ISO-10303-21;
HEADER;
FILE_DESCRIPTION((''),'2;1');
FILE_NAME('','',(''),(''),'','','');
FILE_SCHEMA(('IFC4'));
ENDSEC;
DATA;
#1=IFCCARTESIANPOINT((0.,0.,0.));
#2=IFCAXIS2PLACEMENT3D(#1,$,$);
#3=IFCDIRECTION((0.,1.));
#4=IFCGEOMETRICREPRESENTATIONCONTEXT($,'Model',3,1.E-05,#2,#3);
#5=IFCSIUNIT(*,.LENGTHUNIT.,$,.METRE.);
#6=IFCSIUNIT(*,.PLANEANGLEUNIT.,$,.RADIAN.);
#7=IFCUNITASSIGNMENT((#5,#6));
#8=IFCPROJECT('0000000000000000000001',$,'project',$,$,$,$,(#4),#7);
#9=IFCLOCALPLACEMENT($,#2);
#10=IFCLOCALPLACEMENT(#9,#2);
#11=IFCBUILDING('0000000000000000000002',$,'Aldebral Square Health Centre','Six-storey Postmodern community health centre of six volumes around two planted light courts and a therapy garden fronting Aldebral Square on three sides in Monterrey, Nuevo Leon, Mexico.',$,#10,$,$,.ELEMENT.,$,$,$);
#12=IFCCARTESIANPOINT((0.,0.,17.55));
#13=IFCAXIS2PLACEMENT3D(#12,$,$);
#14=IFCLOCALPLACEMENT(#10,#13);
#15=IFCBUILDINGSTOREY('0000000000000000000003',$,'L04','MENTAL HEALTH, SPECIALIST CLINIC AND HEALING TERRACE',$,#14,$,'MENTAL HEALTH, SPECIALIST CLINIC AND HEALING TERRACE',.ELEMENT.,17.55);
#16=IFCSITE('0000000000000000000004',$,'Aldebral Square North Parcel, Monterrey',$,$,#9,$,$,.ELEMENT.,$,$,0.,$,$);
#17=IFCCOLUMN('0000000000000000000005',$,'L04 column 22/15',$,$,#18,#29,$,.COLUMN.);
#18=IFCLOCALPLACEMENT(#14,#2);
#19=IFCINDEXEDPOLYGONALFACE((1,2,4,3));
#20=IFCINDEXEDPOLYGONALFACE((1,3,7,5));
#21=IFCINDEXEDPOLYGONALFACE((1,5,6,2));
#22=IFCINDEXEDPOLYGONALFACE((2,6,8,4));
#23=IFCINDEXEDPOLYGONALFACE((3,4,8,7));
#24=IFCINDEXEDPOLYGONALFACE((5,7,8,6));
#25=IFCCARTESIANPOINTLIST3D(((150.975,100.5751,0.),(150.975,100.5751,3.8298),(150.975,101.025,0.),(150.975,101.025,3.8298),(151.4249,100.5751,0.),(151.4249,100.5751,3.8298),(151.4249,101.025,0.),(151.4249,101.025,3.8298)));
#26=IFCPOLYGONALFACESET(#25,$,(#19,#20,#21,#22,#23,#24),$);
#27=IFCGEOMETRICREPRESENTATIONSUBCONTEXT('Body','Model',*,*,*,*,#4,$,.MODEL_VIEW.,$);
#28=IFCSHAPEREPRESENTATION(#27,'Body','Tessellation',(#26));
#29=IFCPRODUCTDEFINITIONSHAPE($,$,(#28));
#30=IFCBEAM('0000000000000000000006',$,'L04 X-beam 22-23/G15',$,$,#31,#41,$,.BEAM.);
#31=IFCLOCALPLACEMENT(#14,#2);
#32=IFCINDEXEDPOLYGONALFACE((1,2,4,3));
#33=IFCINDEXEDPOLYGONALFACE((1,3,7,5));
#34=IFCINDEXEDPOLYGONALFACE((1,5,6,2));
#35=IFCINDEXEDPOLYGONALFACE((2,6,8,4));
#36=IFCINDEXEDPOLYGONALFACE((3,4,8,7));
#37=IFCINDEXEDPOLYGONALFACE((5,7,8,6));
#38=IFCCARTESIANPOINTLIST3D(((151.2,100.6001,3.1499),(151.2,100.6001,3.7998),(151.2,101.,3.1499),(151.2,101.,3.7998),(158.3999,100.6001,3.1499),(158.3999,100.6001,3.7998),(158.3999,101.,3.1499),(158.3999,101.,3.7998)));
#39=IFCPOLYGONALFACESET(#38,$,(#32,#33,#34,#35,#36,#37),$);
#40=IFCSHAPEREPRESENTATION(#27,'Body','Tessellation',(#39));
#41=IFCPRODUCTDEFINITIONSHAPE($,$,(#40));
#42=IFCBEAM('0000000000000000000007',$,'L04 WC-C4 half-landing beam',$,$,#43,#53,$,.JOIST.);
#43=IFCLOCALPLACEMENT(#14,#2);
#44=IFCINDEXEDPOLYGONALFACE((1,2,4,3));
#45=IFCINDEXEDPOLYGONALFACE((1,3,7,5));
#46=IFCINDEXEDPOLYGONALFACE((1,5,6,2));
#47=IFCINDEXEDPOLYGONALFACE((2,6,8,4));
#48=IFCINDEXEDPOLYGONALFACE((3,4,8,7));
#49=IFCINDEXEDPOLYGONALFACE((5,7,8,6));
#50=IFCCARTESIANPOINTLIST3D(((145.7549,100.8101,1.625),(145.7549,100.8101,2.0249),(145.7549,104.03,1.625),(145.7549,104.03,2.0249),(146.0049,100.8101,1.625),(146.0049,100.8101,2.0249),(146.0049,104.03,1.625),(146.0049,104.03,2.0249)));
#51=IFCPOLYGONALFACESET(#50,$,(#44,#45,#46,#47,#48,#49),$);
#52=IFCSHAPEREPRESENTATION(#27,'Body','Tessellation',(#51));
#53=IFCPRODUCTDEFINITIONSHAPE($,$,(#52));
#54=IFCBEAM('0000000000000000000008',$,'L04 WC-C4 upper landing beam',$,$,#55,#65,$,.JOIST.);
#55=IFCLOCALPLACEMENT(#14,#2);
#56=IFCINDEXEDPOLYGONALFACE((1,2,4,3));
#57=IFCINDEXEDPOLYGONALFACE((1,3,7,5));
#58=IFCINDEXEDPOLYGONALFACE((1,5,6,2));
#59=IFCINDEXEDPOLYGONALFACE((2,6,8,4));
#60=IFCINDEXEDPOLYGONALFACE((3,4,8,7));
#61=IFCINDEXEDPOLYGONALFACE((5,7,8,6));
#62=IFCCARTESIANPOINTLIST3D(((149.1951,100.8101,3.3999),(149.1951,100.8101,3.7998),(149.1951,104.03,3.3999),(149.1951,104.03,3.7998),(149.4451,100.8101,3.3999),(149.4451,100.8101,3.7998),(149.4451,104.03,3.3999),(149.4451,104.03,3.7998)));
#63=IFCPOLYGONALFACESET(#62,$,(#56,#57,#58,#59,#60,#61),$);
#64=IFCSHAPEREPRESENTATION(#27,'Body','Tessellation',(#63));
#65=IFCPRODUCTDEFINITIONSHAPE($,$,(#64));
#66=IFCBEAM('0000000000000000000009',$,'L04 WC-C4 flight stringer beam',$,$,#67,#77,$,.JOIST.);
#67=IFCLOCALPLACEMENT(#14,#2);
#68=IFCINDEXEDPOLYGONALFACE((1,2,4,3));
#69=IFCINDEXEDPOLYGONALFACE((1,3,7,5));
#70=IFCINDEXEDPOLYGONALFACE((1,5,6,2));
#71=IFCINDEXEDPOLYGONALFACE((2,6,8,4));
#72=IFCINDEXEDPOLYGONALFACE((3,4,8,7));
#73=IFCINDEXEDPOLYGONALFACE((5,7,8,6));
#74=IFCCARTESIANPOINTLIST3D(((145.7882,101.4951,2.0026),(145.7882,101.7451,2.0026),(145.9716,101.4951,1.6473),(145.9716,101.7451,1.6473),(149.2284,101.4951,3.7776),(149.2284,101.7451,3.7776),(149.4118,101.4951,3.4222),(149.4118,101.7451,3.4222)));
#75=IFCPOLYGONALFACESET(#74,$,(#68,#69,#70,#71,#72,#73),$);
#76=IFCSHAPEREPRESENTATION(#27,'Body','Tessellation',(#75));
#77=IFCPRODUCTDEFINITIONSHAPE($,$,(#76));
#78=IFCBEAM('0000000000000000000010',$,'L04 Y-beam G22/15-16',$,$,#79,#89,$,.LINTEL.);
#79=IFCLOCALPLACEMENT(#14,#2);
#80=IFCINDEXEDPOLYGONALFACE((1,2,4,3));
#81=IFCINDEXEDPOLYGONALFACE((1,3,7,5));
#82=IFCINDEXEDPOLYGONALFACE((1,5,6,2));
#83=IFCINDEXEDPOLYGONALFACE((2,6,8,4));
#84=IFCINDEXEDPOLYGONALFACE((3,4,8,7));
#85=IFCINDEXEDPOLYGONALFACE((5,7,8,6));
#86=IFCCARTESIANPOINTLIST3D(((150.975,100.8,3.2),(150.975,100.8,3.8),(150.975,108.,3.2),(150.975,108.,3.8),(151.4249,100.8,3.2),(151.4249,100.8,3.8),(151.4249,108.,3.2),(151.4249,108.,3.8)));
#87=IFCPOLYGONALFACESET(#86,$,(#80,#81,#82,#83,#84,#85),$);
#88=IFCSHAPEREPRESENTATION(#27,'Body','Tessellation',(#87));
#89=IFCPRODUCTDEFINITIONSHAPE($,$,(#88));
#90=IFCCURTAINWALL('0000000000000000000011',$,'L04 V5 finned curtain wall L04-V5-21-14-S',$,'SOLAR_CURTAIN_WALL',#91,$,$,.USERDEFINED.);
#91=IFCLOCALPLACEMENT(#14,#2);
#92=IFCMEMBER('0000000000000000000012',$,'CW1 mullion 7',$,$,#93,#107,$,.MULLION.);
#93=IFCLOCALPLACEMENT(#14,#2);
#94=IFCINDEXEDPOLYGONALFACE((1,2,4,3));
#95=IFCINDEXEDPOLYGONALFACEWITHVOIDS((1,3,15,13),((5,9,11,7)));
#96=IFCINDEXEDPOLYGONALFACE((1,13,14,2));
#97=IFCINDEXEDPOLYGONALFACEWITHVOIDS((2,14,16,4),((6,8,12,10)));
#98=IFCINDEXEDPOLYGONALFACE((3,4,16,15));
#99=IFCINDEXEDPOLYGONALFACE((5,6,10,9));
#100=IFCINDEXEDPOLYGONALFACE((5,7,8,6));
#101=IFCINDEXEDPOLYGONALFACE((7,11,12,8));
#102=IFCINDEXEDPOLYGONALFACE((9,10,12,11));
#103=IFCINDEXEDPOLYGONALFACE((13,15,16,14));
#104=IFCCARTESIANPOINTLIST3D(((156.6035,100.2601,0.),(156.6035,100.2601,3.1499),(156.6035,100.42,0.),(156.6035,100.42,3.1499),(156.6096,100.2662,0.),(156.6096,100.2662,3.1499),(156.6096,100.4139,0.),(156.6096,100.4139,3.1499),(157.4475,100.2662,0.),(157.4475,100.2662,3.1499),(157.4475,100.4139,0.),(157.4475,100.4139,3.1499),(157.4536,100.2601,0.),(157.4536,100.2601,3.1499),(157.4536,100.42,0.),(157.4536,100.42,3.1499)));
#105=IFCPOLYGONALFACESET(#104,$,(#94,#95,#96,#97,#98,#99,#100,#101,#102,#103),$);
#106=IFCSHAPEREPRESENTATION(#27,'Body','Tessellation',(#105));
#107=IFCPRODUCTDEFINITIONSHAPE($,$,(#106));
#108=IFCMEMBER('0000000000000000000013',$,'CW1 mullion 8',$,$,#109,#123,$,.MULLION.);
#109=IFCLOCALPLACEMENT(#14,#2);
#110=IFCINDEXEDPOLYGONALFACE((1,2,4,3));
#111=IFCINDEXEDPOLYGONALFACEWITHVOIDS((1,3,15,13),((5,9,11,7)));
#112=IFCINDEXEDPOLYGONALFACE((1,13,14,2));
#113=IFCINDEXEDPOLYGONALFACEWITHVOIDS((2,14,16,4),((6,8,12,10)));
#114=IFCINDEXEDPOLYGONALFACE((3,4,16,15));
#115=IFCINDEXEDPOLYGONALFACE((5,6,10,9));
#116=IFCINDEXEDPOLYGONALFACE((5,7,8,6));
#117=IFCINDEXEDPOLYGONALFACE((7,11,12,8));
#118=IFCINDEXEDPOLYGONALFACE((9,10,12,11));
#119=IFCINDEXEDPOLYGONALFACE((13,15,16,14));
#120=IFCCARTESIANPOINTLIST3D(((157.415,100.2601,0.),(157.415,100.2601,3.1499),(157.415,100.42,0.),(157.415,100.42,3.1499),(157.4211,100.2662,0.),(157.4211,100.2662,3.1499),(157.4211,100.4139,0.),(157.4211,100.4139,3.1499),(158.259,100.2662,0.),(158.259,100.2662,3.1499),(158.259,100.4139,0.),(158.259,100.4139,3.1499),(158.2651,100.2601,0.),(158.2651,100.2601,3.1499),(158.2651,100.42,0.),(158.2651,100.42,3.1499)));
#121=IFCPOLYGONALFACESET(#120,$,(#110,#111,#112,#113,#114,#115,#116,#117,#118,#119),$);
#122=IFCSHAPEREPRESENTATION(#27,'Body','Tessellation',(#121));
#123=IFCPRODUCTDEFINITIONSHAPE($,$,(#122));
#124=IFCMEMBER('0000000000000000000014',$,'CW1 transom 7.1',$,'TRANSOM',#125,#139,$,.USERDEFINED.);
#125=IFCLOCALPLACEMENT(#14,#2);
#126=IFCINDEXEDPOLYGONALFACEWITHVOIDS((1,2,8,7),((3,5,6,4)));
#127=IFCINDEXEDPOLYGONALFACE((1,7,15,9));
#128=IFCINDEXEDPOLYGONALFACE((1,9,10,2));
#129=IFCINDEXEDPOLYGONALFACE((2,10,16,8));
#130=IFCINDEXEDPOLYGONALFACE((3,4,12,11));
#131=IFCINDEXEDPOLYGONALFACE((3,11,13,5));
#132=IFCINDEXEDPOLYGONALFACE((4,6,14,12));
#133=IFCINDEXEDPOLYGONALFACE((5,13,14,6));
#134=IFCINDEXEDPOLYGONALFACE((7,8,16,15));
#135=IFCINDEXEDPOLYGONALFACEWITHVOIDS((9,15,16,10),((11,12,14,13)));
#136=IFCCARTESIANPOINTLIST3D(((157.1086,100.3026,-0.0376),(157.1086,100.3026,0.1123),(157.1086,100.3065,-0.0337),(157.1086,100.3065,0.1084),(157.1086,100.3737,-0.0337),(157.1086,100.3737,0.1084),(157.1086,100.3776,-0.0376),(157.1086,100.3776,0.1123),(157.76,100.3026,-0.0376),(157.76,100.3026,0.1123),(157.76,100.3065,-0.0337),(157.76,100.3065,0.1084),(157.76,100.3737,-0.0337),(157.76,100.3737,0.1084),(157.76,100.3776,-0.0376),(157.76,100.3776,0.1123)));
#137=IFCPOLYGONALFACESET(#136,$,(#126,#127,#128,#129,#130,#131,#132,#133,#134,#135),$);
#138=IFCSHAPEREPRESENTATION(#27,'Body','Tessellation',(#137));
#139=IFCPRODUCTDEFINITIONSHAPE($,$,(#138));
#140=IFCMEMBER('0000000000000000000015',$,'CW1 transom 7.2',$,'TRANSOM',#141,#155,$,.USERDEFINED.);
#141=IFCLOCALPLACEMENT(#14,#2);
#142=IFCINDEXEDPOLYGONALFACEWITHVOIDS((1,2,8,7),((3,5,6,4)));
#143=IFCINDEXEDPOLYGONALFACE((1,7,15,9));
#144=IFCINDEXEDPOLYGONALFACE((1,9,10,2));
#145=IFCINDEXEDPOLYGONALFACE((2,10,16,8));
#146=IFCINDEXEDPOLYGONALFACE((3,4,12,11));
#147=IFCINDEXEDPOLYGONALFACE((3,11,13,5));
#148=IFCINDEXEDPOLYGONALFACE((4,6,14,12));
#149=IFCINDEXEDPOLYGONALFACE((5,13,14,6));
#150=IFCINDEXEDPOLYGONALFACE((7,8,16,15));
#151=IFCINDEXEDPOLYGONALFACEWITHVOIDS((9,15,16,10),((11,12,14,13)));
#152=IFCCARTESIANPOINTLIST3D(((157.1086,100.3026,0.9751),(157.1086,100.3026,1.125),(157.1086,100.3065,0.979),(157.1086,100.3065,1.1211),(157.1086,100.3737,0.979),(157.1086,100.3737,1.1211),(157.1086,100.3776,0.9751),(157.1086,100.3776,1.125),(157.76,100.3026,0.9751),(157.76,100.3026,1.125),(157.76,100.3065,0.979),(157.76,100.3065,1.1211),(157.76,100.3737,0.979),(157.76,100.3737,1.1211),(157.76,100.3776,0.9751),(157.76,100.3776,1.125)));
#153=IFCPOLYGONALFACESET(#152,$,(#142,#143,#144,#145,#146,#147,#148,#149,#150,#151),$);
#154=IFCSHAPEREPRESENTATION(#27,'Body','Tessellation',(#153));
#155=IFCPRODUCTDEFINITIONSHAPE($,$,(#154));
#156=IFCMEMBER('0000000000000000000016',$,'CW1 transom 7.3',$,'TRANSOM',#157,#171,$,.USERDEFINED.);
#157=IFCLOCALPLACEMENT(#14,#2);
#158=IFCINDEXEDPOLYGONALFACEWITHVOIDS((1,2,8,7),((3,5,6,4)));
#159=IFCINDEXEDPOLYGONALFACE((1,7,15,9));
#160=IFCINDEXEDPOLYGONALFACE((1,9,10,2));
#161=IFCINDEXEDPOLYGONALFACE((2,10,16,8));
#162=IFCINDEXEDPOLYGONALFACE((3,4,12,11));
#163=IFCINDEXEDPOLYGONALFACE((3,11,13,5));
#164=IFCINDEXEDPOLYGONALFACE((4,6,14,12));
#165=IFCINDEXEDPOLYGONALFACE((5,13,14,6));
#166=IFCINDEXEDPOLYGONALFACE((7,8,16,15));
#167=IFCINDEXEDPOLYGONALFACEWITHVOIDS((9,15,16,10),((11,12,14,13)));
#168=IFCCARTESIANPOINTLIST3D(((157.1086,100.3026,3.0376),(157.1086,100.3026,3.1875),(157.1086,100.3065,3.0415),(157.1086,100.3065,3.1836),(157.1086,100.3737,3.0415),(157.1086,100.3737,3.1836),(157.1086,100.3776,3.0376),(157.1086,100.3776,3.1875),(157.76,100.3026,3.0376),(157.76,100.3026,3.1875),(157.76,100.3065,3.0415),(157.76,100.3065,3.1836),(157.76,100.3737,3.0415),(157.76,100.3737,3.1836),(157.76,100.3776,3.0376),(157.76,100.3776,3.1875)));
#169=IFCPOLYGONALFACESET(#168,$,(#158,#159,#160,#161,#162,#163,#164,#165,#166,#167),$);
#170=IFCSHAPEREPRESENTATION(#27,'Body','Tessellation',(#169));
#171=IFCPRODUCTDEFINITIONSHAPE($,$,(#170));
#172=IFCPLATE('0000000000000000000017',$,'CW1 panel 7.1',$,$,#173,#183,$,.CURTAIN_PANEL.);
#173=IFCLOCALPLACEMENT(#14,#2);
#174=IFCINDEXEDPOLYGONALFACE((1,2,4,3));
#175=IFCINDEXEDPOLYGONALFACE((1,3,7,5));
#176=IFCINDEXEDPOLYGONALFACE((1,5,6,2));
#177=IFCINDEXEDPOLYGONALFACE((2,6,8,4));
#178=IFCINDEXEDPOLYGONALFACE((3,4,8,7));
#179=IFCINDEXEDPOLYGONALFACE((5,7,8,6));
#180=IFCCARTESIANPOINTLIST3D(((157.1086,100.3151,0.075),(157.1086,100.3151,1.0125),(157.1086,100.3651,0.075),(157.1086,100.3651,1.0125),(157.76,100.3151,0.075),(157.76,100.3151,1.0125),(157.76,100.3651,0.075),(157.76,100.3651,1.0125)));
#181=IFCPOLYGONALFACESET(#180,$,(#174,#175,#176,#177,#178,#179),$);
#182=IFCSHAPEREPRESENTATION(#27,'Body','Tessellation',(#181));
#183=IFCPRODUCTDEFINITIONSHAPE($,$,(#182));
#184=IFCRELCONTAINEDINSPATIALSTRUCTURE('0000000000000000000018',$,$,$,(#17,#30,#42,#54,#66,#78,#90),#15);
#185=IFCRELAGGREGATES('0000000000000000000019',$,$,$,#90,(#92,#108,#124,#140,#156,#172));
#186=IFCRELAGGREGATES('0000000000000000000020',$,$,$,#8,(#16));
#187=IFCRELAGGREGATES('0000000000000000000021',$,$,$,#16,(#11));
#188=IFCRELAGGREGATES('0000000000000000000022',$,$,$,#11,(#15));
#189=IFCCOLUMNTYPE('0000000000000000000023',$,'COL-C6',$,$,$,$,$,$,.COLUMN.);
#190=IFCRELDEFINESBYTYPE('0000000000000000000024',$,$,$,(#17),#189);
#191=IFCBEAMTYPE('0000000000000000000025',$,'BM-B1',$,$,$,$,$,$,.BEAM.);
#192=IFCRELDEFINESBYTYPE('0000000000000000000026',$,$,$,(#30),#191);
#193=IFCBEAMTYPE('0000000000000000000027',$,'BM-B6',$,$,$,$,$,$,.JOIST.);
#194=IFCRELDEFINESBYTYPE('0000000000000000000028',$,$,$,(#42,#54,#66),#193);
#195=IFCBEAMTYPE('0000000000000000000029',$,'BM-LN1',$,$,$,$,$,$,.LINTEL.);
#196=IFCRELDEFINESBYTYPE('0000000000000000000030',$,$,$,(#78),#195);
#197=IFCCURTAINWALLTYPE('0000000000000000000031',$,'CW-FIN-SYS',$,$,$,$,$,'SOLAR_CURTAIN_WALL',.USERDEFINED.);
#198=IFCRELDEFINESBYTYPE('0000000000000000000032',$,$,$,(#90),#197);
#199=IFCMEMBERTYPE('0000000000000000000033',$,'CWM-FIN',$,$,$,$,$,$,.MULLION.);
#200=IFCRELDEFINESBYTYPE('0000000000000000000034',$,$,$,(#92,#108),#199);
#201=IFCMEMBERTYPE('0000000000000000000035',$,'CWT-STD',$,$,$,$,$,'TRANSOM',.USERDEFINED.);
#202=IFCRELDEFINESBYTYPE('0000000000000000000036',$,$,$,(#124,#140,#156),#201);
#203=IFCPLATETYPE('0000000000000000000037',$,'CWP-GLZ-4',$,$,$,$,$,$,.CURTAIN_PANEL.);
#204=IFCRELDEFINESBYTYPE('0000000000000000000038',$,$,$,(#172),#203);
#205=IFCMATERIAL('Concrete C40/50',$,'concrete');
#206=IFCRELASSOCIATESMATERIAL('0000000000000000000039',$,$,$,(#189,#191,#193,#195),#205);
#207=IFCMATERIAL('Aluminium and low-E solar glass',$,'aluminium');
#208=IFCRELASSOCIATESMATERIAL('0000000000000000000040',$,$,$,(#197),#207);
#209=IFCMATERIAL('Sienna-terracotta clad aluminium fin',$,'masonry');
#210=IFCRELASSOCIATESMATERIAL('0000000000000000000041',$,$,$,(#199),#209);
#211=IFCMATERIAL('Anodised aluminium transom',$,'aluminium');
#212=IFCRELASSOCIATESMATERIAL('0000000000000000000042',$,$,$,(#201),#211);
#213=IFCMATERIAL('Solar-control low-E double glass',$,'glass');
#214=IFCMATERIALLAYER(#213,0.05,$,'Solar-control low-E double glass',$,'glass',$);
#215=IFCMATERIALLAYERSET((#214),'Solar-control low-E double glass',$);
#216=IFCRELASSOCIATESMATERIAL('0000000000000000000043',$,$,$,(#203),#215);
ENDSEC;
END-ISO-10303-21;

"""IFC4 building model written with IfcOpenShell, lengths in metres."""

from ifc_helpers import new_model, si_unit, direction, frame, origin, origin_2d, place, context, subcontext, project, spatial, rectangle, hollow_rectangle, extrude, material, layer, layer_set, material_profile, profile_set, type_object, element, aggregate, save


model = new_model("IFC4")

# Units and contexts
model_context = context("Model", 3, precision=1e-05, world=origin(), true_north=direction((0.0, 1.0)))
body_context = subcontext(model_context, "Body", "Model", "MODEL_VIEW")
ifc_project = project(units=[si_unit("LENGTHUNIT", "METRE"), si_unit("PLANEANGLEUNIT", "RADIAN")], contexts=[model_context])

# Site, building, storey
site_placement = place(None, origin())
site = spatial("IfcSite", under=ifc_project, at=site_placement, Name="Aldebral Square North Parcel, Monterrey", CompositionType="ELEMENT", RefElevation=0.0)
building_placement = place(site_placement, origin())
building = spatial("IfcBuilding", under=site, at=building_placement, Name="Aldebral Square Health Centre", Description="Six-storey Postmodern community health centre of six volumes around two planted light courts and a therapy garden fronting Aldebral Square on three sides in Monterrey, Nuevo Leon, Mexico.", CompositionType="ELEMENT")
storey_placement = place(building_placement, frame((0.0, 0.0, 17.55)))
storey = spatial("IfcBuildingStorey", under=building, at=storey_placement, Name="L04", Description="MENTAL HEALTH, SPECIALIST CLINIC AND HEALING TERRACE", LongName="MENTAL HEALTH, SPECIALIST CLINIC AND HEALING TERRACE", CompositionType="ELEMENT", Elevation=17.55)

# Column
ifc_material_1 = material(Name="Concrete C40/50", Category="concrete")
ifc_material_profile_1 = material_profile(ifc_material_1, rectangle(XDim=0.45, YDim=0.45, at=origin_2d()), Name="RC 450x450")
ifc_profile_set_1 = profile_set([ifc_material_profile_1], Name="Concrete C40/50")
column_type = type_object("IfcColumnType", Name="COL-C6", PredefinedType="COLUMN", material=ifc_profile_set_1)
column_placement = place(storey_placement, frame((151.2, 100.8, 0.0), z_axis=(0.0, 0.0, 1.0), x_axis=(1.0, 0.0, 0.0)))
element("IfcColumn", 1, at=column_placement, inside=storey, type_object=column_type, Name="L04 column 22/15", PredefinedType="COLUMN", context=body_context, shape_type="SweptSolid", body=[
    extrude(rectangle(XDim=0.45, YDim=0.45, at=origin_2d()), origin(), (0.0, 0.0, 1.0), 3.8298),
])

# Beams
ifc_material_profile_2 = material_profile(ifc_material_1, rectangle(XDim=0.3999, YDim=0.6499, at=origin_2d()), Name="RC 400x650")
ifc_profile_set_2 = profile_set([ifc_material_profile_2], Name="Concrete C40/50")
beam_type_1 = type_object("IfcBeamType", Name="BM-B1", PredefinedType="BEAM", material=ifc_profile_set_2)
beam_1_placement = place(storey_placement, frame((151.2, 100.8, 3.4749), z_axis=(1.0, 0.0, 0.0), x_axis=(0.0, 1.0, 0.0)))
element("IfcBeam", 2, at=beam_1_placement, inside=storey, type_object=beam_type_1, Name="L04 X-beam 22-23/G15", PredefinedType="BEAM", context=body_context, shape_type="SweptSolid", body=[
    extrude(rectangle(XDim=0.3999, YDim=0.6499, at=origin_2d()), origin(), (0.0, 0.0, 1.0), 7.2),
])
ifc_material_profile_3 = material_profile(ifc_material_1, rectangle(XDim=0.25, YDim=0.3999, at=origin_2d()), Name="RC 250x400")
ifc_profile_set_3 = profile_set([ifc_material_profile_3], Name="Concrete C40/50")
beam_type_2 = type_object("IfcBeamType", Name="BM-B6", PredefinedType="JOIST", material=ifc_profile_set_3)
for number, where, z_axis, x_axis, name in (
    (3, (145.8799, 100.8101, 1.825), (0.0, 1.0, 0.0), (-1.0, 0.0, 0.0), "L04 WC-C4 half-landing beam"),
    (4, (149.3201, 100.8101, 3.5999), (0.0, 1.0, 0.0), (-1.0, 0.0, 0.0), "L04 WC-C4 upper landing beam"),
):
    element("IfcBeam", number, at=place(storey_placement, frame(where, z_axis=z_axis, x_axis=x_axis)), inside=storey, type_object=beam_type_2, Name=name, PredefinedType="JOIST", context=body_context, shape_type="SweptSolid", body=[
        extrude(rectangle(XDim=0.25, YDim=0.3999, at=origin_2d()), origin(), (0.0, 0.0, 1.0), 3.22),
    ])
beam_2_placement = place(storey_placement, frame((145.8799, 101.6201, 1.825), z_axis=(0.888692, 0.0, 0.458505), x_axis=(0.0, 1.0, 0.0)))
element("IfcBeam", 5, at=beam_2_placement, inside=storey, type_object=beam_type_2, Name="L04 WC-C4 flight stringer beam", PredefinedType="JOIST", context=body_context, shape_type="SweptSolid", body=[
    extrude(rectangle(XDim=0.25, YDim=0.3999, at=origin_2d()), origin(), (0.0, 0.0, 1.0), 3.8711),
])
ifc_material_profile_4 = material_profile(ifc_material_1, rectangle(XDim=0.45, YDim=0.6001, at=origin_2d()), Name="RC 450x600")
ifc_profile_set_4 = profile_set([ifc_material_profile_4], Name="Concrete C40/50")
beam_type_3 = type_object("IfcBeamType", Name="BM-LN1", PredefinedType="LINTEL", material=ifc_profile_set_4)
beam_3_placement = place(storey_placement, frame((151.2, 100.8, 3.5), z_axis=(0.0, 1.0, 0.0), x_axis=(-1.0, 0.0, 0.0)))
element("IfcBeam", 6, at=beam_3_placement, inside=storey, type_object=beam_type_3, Name="L04 Y-beam G22/15-16", PredefinedType="LINTEL", context=body_context, shape_type="SweptSolid", body=[
    extrude(rectangle(XDim=0.45, YDim=0.6001, at=origin_2d()), origin(), (0.0, 0.0, 1.0), 7.2),
])

# Curtain wall, members, plate
ifc_material_2 = material(Name="Aluminium and low-E solar glass", Category="aluminium")
curtain_wall_type = type_object("IfcCurtainWallType", Name="CW-FIN-SYS", ElementType="SOLAR_CURTAIN_WALL", PredefinedType="USERDEFINED", material=ifc_material_2)
curtain_wall_placement = place(storey_placement, origin())
curtain_wall = element("IfcCurtainWall", 7, at=curtain_wall_placement, inside=storey, type_object=curtain_wall_type, Name="L04 V5 finned curtain wall L04-V5-21-14-S", ObjectType="SOLAR_CURTAIN_WALL", PredefinedType="USERDEFINED")
ifc_material_3 = material(Name="Sienna-terracotta clad aluminium fin", Category="masonry")
ifc_material_profile_5 = material_profile(ifc_material_3, hollow_rectangle(XDim=0.1599, YDim=0.8501, WallThickness=0.0061, at=origin_2d()), Name="FIN 160x850x6")
ifc_profile_set_5 = profile_set([ifc_material_profile_5], Name="Sienna-terracotta clad aluminium fin")
member_type_1 = type_object("IfcMemberType", Name="CWM-FIN", PredefinedType="MULLION", material=ifc_profile_set_5)
member_1_placement = place(storey_placement, frame((157.0286, 100.3401, 0.0), z_axis=(0.0, 0.0, 1.0), x_axis=(0.0, 1.0, 0.0)))
member_1 = element("IfcMember", 8, at=member_1_placement, type_object=member_type_1, Name="CW1 mullion 7", PredefinedType="MULLION", context=body_context, shape_type="SweptSolid", body=[
    extrude(hollow_rectangle(XDim=0.1599, YDim=0.8501, WallThickness=0.0061, at=origin_2d()), origin(), (0.0, 0.0, 1.0), 3.1499),
])
member_2_placement = place(storey_placement, frame((157.8401, 100.3401, 0.0), z_axis=(0.0, 0.0, 1.0), x_axis=(0.0, 1.0, 0.0)))
member_2 = element("IfcMember", 9, at=member_2_placement, type_object=member_type_1, Name="CW1 mullion 8", PredefinedType="MULLION", context=body_context, shape_type="SweptSolid", body=[
    extrude(hollow_rectangle(XDim=0.1599, YDim=0.8501, WallThickness=0.0061, at=origin_2d()), origin(), (0.0, 0.0, 1.0), 3.1499),
])
ifc_material_4 = material(Name="Anodised aluminium transom", Category="aluminium")
ifc_material_profile_6 = material_profile(ifc_material_4, hollow_rectangle(XDim=0.075, YDim=0.1499, WallThickness=0.0039, at=origin_2d()), Name="CWT 75x150x4")
ifc_profile_set_6 = profile_set([ifc_material_profile_6], Name="Anodised aluminium transom")
member_type_2 = type_object("IfcMemberType", Name="CWT-STD", ElementType="TRANSOM", PredefinedType="USERDEFINED", material=ifc_profile_set_6)
member_3_placement = place(storey_placement, frame((157.1086, 100.3401, 0.0374), z_axis=(1.0, 0.0, 0.0), x_axis=(0.0, 1.0, 0.0)))
member_3 = element("IfcMember", 10, at=member_3_placement, type_object=member_type_2, Name="CW1 transom 7.1", ObjectType="TRANSOM", PredefinedType="USERDEFINED", context=body_context, shape_type="SweptSolid", body=[
    extrude(hollow_rectangle(XDim=0.075, YDim=0.1499, WallThickness=0.0039, at=origin_2d()), origin(), (0.0, 0.0, 1.0), 0.6514),
])
member_4_placement = place(storey_placement, frame((157.1086, 100.3401, 1.05), z_axis=(1.0, 0.0, 0.0), x_axis=(0.0, 1.0, 0.0)))
member_4 = element("IfcMember", 11, at=member_4_placement, type_object=member_type_2, Name="CW1 transom 7.2", ObjectType="TRANSOM", PredefinedType="USERDEFINED", context=body_context, shape_type="SweptSolid", body=[
    extrude(hollow_rectangle(XDim=0.075, YDim=0.1499, WallThickness=0.0039, at=origin_2d()), origin(), (0.0, 0.0, 1.0), 0.6514),
])
member_5_placement = place(storey_placement, frame((157.1086, 100.3401, 3.1125), z_axis=(1.0, 0.0, 0.0), x_axis=(0.0, 1.0, 0.0)))
member_5 = element("IfcMember", 12, at=member_5_placement, type_object=member_type_2, Name="CW1 transom 7.3", ObjectType="TRANSOM", PredefinedType="USERDEFINED", context=body_context, shape_type="SweptSolid", body=[
    extrude(hollow_rectangle(XDim=0.075, YDim=0.1499, WallThickness=0.0039, at=origin_2d()), origin(), (0.0, 0.0, 1.0), 0.6514),
])
ifc_material_5 = material(Name="Solar-control low-E double glass", Category="glass")
ifc_layer_1 = layer(ifc_material_5, 0.05, Name="Solar-control low-E double glass", Category="glass")
ifc_layer_set_1 = layer_set([ifc_layer_1], Name="Solar-control low-E double glass")
plate_type = type_object("IfcPlateType", Name="CWP-GLZ-4", PredefinedType="CURTAIN_PANEL", material=ifc_layer_set_1)
plate_1_placement = place(storey_placement, frame((157.4343, 100.3401, 0.075), z_axis=(0.0, 0.0, 1.0), x_axis=(1.0, 0.0, 0.0)))
plate_1 = element("IfcPlate", 13, at=plate_1_placement, type_object=plate_type, Name="CW1 panel 7.1", PredefinedType="CURTAIN_PANEL", context=body_context, shape_type="SweptSolid", body=[
    extrude(rectangle(XDim=0.6514, YDim=0.05, at=origin_2d()), origin(), (0.0, 0.0, 1.0), 0.9375),
])
aggregate(curtain_wall, [member_1, member_2, member_3, member_4, member_5, plate_1])

save(model, "model.ifc")
